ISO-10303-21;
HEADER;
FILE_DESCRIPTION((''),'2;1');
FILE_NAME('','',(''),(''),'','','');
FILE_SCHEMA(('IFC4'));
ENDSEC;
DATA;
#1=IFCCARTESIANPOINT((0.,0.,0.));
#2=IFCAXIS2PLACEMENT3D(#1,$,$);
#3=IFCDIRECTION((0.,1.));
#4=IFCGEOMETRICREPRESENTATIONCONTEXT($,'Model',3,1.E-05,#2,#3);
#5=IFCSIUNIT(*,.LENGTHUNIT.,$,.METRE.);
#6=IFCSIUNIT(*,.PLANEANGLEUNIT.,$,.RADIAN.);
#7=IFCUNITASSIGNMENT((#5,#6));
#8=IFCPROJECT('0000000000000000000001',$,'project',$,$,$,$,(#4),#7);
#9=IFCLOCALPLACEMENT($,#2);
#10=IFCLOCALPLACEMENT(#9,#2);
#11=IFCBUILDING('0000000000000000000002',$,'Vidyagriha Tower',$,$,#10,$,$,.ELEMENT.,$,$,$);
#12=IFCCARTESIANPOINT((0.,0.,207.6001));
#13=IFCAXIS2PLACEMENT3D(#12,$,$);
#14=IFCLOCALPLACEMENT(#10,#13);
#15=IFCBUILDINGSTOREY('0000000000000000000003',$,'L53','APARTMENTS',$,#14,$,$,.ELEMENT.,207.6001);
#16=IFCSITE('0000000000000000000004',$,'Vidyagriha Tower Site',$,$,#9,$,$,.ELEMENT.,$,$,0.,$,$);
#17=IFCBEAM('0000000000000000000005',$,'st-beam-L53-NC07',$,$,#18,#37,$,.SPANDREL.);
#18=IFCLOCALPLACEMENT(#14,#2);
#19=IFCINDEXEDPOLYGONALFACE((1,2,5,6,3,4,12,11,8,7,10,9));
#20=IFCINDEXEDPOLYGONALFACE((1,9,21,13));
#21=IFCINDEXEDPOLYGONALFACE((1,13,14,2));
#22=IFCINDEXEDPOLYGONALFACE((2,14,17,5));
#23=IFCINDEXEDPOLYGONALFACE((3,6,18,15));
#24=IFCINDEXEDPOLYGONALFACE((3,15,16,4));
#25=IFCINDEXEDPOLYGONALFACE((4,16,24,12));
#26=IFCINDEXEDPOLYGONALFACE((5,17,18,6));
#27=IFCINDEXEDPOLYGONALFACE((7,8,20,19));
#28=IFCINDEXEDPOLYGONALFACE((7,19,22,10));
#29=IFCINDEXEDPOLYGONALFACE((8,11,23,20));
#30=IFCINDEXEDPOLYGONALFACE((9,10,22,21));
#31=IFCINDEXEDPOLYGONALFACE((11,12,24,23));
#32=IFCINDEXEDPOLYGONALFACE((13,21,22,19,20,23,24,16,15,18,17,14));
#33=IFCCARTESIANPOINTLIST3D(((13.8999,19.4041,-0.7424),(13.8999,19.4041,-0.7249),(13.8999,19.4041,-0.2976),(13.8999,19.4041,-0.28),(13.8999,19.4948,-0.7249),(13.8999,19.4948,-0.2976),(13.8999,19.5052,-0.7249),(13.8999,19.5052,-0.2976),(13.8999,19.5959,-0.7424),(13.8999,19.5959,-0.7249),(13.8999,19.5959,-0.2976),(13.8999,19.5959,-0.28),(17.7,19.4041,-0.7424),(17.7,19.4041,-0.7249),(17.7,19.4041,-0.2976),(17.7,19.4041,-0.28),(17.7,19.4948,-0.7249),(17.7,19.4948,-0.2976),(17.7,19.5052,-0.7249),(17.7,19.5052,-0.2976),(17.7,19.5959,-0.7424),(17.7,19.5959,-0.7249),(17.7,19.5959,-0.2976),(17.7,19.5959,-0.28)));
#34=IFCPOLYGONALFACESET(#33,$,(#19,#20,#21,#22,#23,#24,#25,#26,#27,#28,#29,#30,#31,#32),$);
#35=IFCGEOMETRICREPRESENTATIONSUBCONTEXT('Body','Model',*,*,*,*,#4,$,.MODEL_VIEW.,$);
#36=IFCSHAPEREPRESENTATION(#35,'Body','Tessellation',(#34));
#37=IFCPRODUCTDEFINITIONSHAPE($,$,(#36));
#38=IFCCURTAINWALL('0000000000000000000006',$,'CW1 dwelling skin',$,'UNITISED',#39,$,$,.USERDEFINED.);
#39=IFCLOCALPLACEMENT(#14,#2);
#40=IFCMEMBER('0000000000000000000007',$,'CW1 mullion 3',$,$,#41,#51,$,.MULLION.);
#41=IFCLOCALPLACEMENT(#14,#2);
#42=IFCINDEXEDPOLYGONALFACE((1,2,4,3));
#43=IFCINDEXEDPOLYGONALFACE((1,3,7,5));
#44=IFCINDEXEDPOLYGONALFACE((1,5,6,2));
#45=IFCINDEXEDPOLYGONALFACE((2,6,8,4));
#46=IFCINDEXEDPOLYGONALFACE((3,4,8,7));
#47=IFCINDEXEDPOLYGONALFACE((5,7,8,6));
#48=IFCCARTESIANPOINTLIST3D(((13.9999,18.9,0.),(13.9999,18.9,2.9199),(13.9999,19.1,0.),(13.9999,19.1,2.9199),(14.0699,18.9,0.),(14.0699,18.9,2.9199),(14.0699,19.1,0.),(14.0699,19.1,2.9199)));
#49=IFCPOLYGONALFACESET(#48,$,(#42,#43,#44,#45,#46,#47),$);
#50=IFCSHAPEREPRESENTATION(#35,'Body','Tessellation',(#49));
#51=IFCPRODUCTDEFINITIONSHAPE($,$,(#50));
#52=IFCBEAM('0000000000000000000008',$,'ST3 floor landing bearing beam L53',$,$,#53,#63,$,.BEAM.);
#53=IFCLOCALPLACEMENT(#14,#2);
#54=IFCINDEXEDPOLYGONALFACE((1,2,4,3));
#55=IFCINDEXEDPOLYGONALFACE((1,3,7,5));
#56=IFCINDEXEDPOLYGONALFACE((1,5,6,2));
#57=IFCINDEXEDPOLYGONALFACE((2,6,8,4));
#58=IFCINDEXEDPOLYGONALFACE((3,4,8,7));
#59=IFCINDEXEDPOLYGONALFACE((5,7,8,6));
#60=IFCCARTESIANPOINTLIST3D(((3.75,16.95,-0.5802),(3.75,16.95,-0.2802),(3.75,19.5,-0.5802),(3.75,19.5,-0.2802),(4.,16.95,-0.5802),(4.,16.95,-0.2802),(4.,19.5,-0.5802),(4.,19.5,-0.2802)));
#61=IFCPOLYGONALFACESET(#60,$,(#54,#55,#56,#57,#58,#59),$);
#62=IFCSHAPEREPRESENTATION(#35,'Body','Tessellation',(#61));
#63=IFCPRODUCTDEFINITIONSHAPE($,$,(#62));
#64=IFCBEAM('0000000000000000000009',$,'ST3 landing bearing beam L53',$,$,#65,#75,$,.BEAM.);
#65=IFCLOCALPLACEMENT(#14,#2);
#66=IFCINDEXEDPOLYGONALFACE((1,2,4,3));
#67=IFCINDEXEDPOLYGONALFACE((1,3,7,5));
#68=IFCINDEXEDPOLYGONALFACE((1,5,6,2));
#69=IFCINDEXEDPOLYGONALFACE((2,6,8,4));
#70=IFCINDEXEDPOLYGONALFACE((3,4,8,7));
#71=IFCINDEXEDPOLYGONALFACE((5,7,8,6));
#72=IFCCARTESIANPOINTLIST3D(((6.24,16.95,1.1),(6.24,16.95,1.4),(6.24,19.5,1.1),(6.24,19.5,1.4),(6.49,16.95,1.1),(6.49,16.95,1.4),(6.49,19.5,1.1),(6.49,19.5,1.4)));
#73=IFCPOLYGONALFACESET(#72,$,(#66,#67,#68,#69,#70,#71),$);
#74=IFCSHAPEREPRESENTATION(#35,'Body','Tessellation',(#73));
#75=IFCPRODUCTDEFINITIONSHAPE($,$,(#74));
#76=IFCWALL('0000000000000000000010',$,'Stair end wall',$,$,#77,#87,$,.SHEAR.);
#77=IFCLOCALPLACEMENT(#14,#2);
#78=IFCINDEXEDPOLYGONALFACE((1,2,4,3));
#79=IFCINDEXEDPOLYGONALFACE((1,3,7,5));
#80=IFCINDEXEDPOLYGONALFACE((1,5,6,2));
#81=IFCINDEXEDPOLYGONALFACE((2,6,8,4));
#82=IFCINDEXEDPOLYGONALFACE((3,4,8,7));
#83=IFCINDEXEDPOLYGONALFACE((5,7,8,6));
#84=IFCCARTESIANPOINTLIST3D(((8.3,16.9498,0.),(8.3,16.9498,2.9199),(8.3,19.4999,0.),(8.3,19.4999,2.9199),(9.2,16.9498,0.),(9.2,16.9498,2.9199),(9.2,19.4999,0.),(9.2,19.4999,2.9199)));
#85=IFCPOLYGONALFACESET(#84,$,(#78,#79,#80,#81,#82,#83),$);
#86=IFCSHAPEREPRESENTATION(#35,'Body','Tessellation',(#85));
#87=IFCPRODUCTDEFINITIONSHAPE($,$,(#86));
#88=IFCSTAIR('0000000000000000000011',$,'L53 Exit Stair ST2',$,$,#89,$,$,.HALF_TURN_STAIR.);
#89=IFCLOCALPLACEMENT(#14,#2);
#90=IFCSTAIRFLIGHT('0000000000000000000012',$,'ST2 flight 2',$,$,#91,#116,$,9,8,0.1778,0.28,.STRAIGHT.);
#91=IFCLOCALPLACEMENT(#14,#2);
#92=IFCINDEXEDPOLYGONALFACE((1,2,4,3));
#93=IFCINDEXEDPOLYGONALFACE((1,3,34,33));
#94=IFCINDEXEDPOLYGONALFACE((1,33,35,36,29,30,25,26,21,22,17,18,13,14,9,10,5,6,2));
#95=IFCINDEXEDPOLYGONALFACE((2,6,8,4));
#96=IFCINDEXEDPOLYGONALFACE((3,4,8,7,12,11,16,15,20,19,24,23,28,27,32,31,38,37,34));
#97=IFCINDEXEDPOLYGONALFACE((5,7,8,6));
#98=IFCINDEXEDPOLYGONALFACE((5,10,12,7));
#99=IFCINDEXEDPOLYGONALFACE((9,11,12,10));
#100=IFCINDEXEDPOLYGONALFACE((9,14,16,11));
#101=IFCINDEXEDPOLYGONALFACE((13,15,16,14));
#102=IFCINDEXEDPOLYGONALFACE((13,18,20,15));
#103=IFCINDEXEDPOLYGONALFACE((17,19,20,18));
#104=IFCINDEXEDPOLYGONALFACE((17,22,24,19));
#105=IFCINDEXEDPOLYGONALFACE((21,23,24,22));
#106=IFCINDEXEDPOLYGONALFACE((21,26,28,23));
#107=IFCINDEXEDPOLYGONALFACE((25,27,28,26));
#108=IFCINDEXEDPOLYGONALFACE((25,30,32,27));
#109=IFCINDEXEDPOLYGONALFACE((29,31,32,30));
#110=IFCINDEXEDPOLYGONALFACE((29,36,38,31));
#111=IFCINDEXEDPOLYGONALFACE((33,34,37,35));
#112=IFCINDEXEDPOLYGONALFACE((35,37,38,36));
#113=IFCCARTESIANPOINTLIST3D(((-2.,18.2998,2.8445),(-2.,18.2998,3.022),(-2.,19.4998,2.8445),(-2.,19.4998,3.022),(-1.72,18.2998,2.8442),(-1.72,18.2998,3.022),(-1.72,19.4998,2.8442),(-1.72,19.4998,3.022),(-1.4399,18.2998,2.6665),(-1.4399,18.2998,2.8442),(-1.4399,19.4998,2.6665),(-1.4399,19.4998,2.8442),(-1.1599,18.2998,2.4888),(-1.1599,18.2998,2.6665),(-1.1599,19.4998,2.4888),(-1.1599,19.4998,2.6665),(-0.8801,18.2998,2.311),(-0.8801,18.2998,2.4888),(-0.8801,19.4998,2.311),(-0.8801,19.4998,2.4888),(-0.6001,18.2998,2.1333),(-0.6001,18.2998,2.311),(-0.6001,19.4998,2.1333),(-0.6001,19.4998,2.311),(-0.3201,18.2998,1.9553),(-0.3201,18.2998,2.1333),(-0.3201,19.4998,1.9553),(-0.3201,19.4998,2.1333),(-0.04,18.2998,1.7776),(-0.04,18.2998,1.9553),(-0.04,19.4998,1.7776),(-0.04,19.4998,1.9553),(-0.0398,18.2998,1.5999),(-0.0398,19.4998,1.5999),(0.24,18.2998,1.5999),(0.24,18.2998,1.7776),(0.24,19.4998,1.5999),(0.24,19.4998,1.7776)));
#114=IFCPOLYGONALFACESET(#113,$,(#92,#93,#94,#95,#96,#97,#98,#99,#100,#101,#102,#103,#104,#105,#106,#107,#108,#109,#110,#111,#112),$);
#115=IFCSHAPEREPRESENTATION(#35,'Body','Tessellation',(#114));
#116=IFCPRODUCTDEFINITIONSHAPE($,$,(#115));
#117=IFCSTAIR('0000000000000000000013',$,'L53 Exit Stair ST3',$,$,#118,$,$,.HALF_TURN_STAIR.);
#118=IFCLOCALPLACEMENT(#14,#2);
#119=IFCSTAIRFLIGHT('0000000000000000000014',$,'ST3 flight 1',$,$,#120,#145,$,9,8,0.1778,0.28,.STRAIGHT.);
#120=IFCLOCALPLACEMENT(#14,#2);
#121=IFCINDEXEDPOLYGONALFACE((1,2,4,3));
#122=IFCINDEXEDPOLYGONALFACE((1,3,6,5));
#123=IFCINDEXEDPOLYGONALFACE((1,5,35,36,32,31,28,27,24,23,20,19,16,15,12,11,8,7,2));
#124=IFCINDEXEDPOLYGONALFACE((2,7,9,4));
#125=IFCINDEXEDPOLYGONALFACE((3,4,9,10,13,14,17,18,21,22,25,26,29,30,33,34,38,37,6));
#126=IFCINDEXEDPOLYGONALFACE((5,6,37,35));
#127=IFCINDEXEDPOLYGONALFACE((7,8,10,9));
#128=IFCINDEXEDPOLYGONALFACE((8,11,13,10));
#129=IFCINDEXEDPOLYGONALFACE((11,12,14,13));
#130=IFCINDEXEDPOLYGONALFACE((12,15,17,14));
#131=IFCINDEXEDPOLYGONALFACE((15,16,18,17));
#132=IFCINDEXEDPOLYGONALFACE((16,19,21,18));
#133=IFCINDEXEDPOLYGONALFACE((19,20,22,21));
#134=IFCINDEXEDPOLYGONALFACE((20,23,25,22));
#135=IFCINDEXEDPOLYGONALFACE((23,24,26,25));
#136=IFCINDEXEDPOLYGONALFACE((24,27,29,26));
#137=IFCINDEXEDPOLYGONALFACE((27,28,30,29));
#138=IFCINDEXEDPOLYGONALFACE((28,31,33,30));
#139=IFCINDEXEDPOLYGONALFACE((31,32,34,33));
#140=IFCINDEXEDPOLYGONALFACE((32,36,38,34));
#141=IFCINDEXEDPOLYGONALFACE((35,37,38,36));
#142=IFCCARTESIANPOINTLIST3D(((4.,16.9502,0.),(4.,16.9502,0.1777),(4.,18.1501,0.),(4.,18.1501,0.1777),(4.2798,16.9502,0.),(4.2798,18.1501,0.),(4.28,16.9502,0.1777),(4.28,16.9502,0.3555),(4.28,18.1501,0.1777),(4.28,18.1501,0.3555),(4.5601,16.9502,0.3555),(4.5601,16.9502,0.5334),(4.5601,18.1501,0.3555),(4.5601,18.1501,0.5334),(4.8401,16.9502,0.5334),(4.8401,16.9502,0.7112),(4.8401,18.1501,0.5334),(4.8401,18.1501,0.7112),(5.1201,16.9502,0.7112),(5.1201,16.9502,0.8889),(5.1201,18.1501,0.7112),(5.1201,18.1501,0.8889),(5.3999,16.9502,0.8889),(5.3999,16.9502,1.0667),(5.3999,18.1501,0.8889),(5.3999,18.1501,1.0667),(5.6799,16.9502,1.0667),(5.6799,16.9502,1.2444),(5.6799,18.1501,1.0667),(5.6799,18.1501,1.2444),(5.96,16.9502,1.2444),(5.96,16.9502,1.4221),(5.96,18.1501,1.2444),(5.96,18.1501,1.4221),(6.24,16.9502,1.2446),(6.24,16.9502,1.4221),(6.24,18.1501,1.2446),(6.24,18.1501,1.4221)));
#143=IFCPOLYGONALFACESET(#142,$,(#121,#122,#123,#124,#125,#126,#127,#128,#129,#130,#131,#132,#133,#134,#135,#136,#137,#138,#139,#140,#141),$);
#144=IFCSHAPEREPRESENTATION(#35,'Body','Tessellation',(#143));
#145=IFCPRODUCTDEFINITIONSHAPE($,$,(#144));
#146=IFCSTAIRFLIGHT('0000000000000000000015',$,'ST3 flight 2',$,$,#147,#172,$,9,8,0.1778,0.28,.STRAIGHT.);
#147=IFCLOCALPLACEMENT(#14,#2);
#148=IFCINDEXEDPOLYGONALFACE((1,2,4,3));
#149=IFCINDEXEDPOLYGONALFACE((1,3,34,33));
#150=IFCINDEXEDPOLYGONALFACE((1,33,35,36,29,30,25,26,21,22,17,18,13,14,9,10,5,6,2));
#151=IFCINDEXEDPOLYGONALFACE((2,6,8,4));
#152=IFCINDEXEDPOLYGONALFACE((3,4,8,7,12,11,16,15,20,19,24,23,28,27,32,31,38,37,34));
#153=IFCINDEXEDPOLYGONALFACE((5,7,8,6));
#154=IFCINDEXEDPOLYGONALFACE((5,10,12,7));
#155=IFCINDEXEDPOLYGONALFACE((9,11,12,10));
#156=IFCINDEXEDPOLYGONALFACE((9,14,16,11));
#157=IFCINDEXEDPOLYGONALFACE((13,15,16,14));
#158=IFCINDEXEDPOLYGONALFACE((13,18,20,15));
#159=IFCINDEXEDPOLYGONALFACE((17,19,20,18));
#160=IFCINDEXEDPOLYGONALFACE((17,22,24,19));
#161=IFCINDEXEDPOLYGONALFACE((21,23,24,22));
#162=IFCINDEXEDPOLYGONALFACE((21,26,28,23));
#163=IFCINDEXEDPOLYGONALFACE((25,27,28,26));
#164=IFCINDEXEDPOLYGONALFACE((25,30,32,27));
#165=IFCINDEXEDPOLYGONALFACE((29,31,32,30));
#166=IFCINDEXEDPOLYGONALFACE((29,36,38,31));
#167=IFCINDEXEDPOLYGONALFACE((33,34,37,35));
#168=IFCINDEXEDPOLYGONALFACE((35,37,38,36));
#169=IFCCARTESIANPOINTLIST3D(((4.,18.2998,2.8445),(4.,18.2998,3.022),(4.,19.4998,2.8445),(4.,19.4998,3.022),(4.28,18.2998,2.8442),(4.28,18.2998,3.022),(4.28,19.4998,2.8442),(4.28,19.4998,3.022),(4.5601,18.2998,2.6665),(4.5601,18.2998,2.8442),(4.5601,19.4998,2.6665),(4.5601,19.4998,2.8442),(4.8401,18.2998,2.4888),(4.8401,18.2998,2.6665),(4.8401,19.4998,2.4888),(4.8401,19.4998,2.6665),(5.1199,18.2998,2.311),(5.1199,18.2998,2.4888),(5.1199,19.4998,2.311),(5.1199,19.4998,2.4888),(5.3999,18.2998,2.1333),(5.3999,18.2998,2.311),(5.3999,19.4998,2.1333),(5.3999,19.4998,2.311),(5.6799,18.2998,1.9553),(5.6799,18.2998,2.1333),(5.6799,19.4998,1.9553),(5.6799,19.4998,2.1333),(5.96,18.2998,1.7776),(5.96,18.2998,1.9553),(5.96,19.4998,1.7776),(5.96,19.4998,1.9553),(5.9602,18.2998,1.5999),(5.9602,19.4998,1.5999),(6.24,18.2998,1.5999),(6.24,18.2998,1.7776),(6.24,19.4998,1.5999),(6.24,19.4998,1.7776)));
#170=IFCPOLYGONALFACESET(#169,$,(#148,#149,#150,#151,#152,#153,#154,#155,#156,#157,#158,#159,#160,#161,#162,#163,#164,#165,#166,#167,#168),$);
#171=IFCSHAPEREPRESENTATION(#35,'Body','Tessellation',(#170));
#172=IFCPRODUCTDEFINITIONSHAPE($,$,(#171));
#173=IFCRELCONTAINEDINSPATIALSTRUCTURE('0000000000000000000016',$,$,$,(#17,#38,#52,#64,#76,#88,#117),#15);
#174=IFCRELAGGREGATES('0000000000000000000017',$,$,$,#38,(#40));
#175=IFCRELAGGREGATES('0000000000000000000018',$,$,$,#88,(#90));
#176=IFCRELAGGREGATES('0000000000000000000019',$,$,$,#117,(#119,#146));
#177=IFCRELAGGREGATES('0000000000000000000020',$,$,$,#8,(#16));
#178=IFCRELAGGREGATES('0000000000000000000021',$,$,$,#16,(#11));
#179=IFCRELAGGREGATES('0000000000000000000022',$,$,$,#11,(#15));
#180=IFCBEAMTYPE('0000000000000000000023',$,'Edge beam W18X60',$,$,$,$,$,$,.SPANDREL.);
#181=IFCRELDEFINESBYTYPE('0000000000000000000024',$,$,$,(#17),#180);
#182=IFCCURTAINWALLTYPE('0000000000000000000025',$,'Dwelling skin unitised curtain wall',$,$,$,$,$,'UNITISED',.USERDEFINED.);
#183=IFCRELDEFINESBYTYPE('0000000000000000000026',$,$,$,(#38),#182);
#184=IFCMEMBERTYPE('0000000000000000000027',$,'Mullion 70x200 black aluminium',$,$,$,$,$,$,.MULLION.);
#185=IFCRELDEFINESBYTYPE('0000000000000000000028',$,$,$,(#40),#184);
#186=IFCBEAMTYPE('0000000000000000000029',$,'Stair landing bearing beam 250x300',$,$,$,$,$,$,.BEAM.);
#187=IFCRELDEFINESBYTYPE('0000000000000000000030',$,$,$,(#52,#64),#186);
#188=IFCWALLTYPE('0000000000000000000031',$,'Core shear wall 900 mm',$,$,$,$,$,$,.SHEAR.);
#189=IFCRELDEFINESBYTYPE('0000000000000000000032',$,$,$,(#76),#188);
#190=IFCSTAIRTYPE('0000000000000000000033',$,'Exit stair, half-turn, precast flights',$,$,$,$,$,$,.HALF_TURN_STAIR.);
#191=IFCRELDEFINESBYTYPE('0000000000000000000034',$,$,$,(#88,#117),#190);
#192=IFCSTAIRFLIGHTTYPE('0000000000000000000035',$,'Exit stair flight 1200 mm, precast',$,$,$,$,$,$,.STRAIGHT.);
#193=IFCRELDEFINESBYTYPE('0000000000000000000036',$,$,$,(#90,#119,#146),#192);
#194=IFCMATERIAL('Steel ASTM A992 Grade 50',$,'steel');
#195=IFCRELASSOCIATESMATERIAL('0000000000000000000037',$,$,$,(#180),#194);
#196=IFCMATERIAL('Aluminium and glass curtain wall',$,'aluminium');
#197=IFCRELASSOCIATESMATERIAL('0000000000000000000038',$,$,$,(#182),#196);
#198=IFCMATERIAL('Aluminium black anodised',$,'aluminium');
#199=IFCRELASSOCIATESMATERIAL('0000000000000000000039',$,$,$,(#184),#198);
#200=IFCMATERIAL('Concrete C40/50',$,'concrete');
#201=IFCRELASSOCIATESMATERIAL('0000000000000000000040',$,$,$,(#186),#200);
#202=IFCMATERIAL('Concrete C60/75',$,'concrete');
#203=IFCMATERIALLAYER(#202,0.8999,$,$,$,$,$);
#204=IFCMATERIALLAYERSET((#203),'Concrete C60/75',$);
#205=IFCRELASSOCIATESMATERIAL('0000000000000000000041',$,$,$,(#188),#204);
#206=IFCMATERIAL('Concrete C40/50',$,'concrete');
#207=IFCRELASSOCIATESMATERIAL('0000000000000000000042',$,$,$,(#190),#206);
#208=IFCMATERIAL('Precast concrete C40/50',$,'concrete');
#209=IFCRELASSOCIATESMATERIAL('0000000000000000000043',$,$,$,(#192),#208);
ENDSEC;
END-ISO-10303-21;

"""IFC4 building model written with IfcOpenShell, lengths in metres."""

from ifc_helpers import new_model, si_unit, direction, frame, frame_2d, origin, origin_2d, place, context, subcontext, project, spatial, polyline, rectangle, i_section, outline, extrude, material, layer, layer_set, material_profile, profile_set, type_object, element, aggregate, save


model = new_model("IFC4")

# Units and contexts
model_context = context("Model", 3, precision=1e-05, world=origin(), true_north=direction((0.0, 1.0)))
body_context = subcontext(model_context, "Body", "Model", "MODEL_VIEW")
ifc_project = project(units=[si_unit("LENGTHUNIT", "METRE"), si_unit("PLANEANGLEUNIT", "RADIAN")], contexts=[model_context])

# Site, building, storey
site_placement = place(None, origin())
site = spatial("IfcSite", under=ifc_project, at=site_placement, Name="Vidyagriha Tower Site", CompositionType="ELEMENT", RefElevation=0.0)
building_placement = place(site_placement, origin())
building = spatial("IfcBuilding", under=site, at=building_placement, Name="Vidyagriha Tower", CompositionType="ELEMENT")
storey_placement = place(building_placement, frame((0.0, 0.0, 207.6001)))
storey = spatial("IfcBuildingStorey", under=building, at=storey_placement, Name="L53", Description="APARTMENTS", CompositionType="ELEMENT", Elevation=207.6001)

# Beam
ifc_material_1 = material(Name="Steel ASTM A992 Grade 50", Category="steel")
ifc_material_profile_1 = material_profile(ifc_material_1, i_section(OverallWidth=0.1919, OverallDepth=0.4624, WebThickness=0.0105, FlangeThickness=0.0176, at=origin_2d()), Name="W18X60")
ifc_profile_set_1 = profile_set([ifc_material_profile_1], Name="Steel ASTM A992 Grade 50")
beam_type_1 = type_object("IfcBeamType", Name="Edge beam W18X60", PredefinedType="SPANDREL", material=ifc_profile_set_1)
beam_placement = place(storey_placement, frame((13.8999, 19.5, -0.5112), z_axis=(1.0, 0.0, 0.0), x_axis=(0.0, 1.0, 0.0)))
element("IfcBeam", 1, at=beam_placement, inside=storey, type_object=beam_type_1, Name="st-beam-L53-NC07", PredefinedType="SPANDREL", context=body_context, shape_type="SweptSolid", body=[
    extrude(i_section(OverallWidth=0.1919, OverallDepth=0.4624, WebThickness=0.0105, FlangeThickness=0.0176, at=origin_2d()), origin(), (0.0, 0.0, 1.0), 3.8),
])

# Curtain wall, member
ifc_material_2 = material(Name="Aluminium and glass curtain wall", Category="aluminium")
curtain_wall_type = type_object("IfcCurtainWallType", Name="Dwelling skin unitised curtain wall", ElementType="UNITISED", PredefinedType="USERDEFINED", material=ifc_material_2)
curtain_wall_placement = place(storey_placement, origin())
curtain_wall = element("IfcCurtainWall", 2, at=curtain_wall_placement, inside=storey, type_object=curtain_wall_type, Name="CW1 dwelling skin", ObjectType="UNITISED", PredefinedType="USERDEFINED")
ifc_material_3 = material(Name="Aluminium black anodised", Category="aluminium")
ifc_material_profile_2 = material_profile(ifc_material_3, rectangle(XDim=0.2, YDim=0.0701, at=origin_2d()), Name="Mullion 70x200 black aluminium")
ifc_profile_set_2 = profile_set([ifc_material_profile_2], Name="Aluminium black anodised")
member_type = type_object("IfcMemberType", Name="Mullion 70x200 black aluminium", PredefinedType="MULLION", material=ifc_profile_set_2)
member_placement = place(storey_placement, frame((14.0349, 19.0, 0.0), z_axis=(0.0, 0.0, 1.0), x_axis=(0.0, -1.0, 0.0)))
member = element("IfcMember", 3, at=member_placement, type_object=member_type, Name="CW1 mullion 3", PredefinedType="MULLION", context=body_context, shape_type="SweptSolid", body=[
    extrude(rectangle(XDim=0.2, YDim=0.0701, at=origin_2d()), origin(), (0.0, 0.0, 1.0), 2.9199),
])
aggregate(curtain_wall, [member])

# Beams
ifc_material_4 = material(Name="Concrete C40/50", Category="concrete")
ifc_material_profile_3 = material_profile(ifc_material_4, rectangle(XDim=0.25, YDim=0.3, at=origin_2d()), Name="Stair landing bearing beam 250x300")
ifc_profile_set_3 = profile_set([ifc_material_profile_3], Name="Concrete C40/50")
beam_type_2 = type_object("IfcBeamType", Name="Stair landing bearing beam 250x300", PredefinedType="BEAM", material=ifc_profile_set_3)
for number, where, z_axis, x_axis, name in (
    (4, (3.875, 16.95, -0.4302), (0.0, 1.0, 0.0), (-1.0, 0.0, 0.0), "ST3 floor landing bearing beam L53"),
    (5, (6.365, 16.95, 1.25), (0.0, 1.0, 0.0), (-1.0, 0.0, 0.0), "ST3 landing bearing beam L53"),
):
    element("IfcBeam", number, at=place(storey_placement, frame(where, z_axis=z_axis, x_axis=x_axis)), inside=storey, type_object=beam_type_2, Name=name, PredefinedType="BEAM", context=body_context, shape_type="SweptSolid", body=[
        extrude(rectangle(XDim=0.25, YDim=0.3, at=origin_2d()), origin(), (0.0, 0.0, 1.0), 2.55),
    ])

# Wall
ifc_material_5 = material(Name="Concrete C60/75", Category="concrete")
ifc_layer_1 = layer(ifc_material_5, 0.8999)
ifc_layer_set_1 = layer_set([ifc_layer_1], Name="Concrete C60/75")
wall_type = type_object("IfcWallType", Name="Core shear wall 900 mm", PredefinedType="SHEAR", material=ifc_layer_set_1)
wall_placement = place(storey_placement, frame((8.75, 16.95, 0.0), z_axis=(0.0, 0.0, 1.0), x_axis=(0.0, 1.0, 0.0)))
element("IfcWall", 6, at=wall_placement, inside=storey, type_object=wall_type, Name="Stair end wall", PredefinedType="SHEAR", context=body_context, shape_type="SweptSolid", body=[
    extrude(rectangle(XDim=2.55, YDim=0.8999, at=frame_2d((1.2749, 0.0))), origin(), (0.0, 0.0, 1.0), 2.9199),
])

# Stair, stair flight
ifc_material_6 = material(Name="Concrete C40/50", Category="concrete")
stair_type = type_object("IfcStairType", Name="Exit stair, half-turn, precast flights", PredefinedType="HALF_TURN_STAIR", material=ifc_material_6)
stair_1_placement = place(storey_placement, origin())
stair_1 = element("IfcStair", 7, at=stair_1_placement, inside=storey, type_object=stair_type, Name="L53 Exit Stair ST2", PredefinedType="HALF_TURN_STAIR")
ifc_material_7 = material(Name="Precast concrete C40/50", Category="concrete")
stair_flight_type = type_object("IfcStairFlightType", Name="Exit stair flight 1200 mm, precast", PredefinedType="STRAIGHT", material=ifc_material_7)
stair_flight_1_placement = place(storey_placement, frame((0.24, 18.8999, 1.5999), z_axis=(0.0, 0.0, 1.0), x_axis=(-1.0, 0.0, 0.0)))
stair_flight_1 = element("IfcStairFlight", 8, at=stair_flight_1_placement, type_object=stair_flight_type, Name="ST2 flight 2", NumberOfRisers=9, NumberOfTreads=8, PredefinedType="STRAIGHT", RiserHeight=0.1778, TreadLength=0.28, context=body_context, shape_type="SweptSolid", body=[
    extrude(outline(polyline([(0.0, 0.0), (0.0, 0.1777), (0.28, 0.1777), (0.28, 0.3555), (0.5601, 0.3555), (0.5601, 0.5334), (0.8401, 0.5334), (0.8401, 0.7112), (1.1201, 0.7112), (1.1201, 0.8889), (1.3999, 0.8889), (1.3999, 1.0667), (1.6799, 1.0667), (1.6799, 1.2444), (1.96, 1.2444), (1.96, 1.4221), (2.24, 1.4221), (2.24, 1.6001), (2.24, 1.2446), (0.2798, 0.0), (0.0, 0.0)])), frame((0.0, 0.6001, 0.0), z_axis=(0.0, -1.0, 0.0), x_axis=(1.0, 0.0, 0.0)), (0.0, 0.0, 1.0), 1.2),
])
aggregate(stair_1, [stair_flight_1])

# Stair, stair flights
stair_2_placement = place(storey_placement, origin())
stair_2 = element("IfcStair", 9, at=stair_2_placement, inside=storey, type_object=stair_type, Name="L53 Exit Stair ST3", PredefinedType="HALF_TURN_STAIR")
stair_flight_2_placement = place(storey_placement, frame((4.0, 17.55, 0.0)))
stair_flight_2 = element("IfcStairFlight", 10, at=stair_flight_2_placement, type_object=stair_flight_type, Name="ST3 flight 1", NumberOfRisers=9, NumberOfTreads=8, PredefinedType="STRAIGHT", RiserHeight=0.1778, TreadLength=0.28, context=body_context, shape_type="SweptSolid", body=[
    extrude(outline(polyline([(0.0, 0.0), (0.0, 0.1777), (0.28, 0.1777), (0.28, 0.3555), (0.5601, 0.3555), (0.5601, 0.5334), (0.8401, 0.5334), (0.8401, 0.7112), (1.1201, 0.7112), (1.1201, 0.8889), (1.3999, 0.8889), (1.3999, 1.0667), (1.6799, 1.0667), (1.6799, 1.2444), (1.96, 1.2444), (1.96, 1.4221), (2.24, 1.4221), (2.24, 1.6001), (2.24, 1.2446), (0.2798, 0.0), (0.0, 0.0)])), frame((0.0, 0.6001, 0.0), z_axis=(0.0, -1.0, 0.0), x_axis=(1.0, 0.0, 0.0)), (0.0, 0.0, 1.0), 1.2),
])
stair_flight_3_placement = place(storey_placement, frame((6.24, 18.8999, 1.5999), z_axis=(0.0, 0.0, 1.0), x_axis=(-1.0, 0.0, 0.0)))
stair_flight_3 = element("IfcStairFlight", 11, at=stair_flight_3_placement, type_object=stair_flight_type, Name="ST3 flight 2", NumberOfRisers=9, NumberOfTreads=8, PredefinedType="STRAIGHT", RiserHeight=0.1778, TreadLength=0.28, context=body_context, shape_type="SweptSolid", body=[
    extrude(outline(polyline([(0.0, 0.0), (0.0, 0.1777), (0.28, 0.1777), (0.28, 0.3555), (0.5601, 0.3555), (0.5601, 0.5334), (0.8401, 0.5334), (0.8401, 0.7112), (1.1201, 0.7112), (1.1201, 0.8889), (1.3999, 0.8889), (1.3999, 1.0667), (1.6799, 1.0667), (1.6799, 1.2444), (1.96, 1.2444), (1.96, 1.4221), (2.24, 1.4221), (2.24, 1.6001), (2.24, 1.2446), (0.2798, 0.0), (0.0, 0.0)])), frame((0.0, 0.6001, 0.0), z_axis=(0.0, -1.0, 0.0), x_axis=(1.0, 0.0, 0.0)), (0.0, 0.0, 1.0), 1.2),
])
aggregate(stair_2, [stair_flight_2, stair_flight_3])

save(model, "model.ifc")
